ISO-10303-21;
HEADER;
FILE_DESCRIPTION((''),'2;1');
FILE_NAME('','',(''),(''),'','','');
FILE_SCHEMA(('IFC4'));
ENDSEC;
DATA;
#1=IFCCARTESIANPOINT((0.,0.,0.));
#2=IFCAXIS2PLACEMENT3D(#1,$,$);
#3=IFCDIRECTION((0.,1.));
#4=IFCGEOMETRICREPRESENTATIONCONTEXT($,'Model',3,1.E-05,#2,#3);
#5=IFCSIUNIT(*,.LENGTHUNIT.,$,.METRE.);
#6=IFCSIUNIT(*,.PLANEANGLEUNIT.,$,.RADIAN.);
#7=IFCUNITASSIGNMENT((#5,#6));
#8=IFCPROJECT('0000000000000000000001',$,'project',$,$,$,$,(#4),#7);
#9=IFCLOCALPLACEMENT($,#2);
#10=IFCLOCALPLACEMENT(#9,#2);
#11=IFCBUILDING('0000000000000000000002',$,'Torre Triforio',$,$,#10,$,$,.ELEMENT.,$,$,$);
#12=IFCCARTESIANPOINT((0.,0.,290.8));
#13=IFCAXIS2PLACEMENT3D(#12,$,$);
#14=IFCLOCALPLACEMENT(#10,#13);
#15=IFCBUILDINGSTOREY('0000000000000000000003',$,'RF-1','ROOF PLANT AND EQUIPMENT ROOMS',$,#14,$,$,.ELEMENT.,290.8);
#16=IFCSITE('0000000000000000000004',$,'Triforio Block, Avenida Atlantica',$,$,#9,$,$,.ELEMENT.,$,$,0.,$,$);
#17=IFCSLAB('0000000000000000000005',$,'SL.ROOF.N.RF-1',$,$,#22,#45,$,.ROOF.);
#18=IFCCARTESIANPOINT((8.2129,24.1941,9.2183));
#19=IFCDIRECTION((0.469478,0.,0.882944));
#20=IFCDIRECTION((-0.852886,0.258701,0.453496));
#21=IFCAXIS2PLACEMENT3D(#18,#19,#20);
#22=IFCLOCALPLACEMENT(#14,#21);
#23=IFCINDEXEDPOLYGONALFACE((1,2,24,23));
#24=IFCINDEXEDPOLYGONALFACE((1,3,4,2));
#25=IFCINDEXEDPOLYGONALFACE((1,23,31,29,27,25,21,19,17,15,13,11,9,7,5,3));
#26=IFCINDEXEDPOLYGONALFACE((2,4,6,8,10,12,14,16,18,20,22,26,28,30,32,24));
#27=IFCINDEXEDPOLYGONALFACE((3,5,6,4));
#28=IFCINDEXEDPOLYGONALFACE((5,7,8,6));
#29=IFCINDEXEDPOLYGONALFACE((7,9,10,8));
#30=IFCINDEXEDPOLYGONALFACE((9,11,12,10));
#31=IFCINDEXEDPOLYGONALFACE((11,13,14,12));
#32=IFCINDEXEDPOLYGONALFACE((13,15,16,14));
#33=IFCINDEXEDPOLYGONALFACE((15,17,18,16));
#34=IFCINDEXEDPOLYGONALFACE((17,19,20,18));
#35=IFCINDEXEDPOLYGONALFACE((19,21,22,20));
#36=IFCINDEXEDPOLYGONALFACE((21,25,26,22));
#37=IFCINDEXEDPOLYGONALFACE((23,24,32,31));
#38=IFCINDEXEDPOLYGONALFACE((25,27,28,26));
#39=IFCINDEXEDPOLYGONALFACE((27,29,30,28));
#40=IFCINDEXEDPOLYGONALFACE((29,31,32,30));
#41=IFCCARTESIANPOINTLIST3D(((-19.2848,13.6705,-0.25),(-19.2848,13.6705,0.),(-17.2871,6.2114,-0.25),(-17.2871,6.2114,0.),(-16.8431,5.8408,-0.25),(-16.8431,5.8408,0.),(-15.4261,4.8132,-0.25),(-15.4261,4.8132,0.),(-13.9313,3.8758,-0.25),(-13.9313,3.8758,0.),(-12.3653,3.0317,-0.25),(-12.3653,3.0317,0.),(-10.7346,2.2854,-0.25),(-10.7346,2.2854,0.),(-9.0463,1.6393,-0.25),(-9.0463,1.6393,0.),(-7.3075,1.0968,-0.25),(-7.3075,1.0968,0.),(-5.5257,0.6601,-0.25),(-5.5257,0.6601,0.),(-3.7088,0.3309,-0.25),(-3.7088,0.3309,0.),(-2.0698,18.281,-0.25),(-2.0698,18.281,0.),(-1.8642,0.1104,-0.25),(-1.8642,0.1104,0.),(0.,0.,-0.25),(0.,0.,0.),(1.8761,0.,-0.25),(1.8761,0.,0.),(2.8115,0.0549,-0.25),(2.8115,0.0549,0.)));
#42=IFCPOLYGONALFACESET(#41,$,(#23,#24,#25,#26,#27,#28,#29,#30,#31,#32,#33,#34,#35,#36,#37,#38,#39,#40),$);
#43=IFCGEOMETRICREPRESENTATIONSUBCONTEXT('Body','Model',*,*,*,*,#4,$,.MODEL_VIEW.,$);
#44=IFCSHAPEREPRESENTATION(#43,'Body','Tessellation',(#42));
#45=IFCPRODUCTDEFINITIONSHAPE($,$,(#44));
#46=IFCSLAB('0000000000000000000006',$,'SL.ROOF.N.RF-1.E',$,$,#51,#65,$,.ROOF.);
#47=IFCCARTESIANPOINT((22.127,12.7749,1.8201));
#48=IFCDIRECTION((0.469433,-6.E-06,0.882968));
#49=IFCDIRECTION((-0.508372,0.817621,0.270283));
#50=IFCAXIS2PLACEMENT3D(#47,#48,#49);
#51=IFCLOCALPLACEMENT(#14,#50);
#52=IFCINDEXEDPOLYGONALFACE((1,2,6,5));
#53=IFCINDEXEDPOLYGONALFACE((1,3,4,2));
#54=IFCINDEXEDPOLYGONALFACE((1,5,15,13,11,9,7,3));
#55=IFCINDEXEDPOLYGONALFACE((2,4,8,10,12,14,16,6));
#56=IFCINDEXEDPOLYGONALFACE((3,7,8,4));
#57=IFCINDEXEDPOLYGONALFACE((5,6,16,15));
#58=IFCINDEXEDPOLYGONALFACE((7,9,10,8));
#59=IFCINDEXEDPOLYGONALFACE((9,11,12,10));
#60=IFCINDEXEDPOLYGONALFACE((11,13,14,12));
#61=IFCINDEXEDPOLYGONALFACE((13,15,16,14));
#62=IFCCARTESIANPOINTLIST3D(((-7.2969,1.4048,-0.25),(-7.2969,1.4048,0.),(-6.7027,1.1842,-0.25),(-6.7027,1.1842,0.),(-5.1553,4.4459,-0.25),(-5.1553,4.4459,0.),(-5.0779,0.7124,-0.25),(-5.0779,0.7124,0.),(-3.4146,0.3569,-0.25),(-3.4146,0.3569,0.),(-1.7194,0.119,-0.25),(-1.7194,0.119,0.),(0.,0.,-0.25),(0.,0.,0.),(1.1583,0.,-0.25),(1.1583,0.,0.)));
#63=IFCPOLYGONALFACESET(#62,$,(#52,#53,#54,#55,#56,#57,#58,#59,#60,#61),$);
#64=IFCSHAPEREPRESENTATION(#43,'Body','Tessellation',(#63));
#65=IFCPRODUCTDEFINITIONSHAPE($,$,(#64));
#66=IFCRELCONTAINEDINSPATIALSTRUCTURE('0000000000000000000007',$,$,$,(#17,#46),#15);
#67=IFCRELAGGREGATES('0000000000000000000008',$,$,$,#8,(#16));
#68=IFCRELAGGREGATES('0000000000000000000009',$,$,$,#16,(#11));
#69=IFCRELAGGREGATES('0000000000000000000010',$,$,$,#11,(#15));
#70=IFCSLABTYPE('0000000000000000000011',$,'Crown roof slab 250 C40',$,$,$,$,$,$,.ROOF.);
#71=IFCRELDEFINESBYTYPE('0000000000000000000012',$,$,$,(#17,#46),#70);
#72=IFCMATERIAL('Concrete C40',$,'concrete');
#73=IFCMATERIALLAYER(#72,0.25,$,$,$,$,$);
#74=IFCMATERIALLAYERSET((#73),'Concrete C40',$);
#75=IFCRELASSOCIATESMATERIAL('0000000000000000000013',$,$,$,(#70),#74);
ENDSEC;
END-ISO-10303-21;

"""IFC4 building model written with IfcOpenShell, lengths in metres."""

from ifc_helpers import new_model, si_unit, direction, frame, origin, place, context, subcontext, project, spatial, polyline, outline, extrude, material, layer, layer_set, type_object, element, save


model = new_model("IFC4")

# Units and contexts
model_context = context("Model", 3, precision=1e-05, world=origin(), true_north=direction((0.0, 1.0)))
body_context = subcontext(model_context, "Body", "Model", "MODEL_VIEW")
ifc_project = project(units=[si_unit("LENGTHUNIT", "METRE"), si_unit("PLANEANGLEUNIT", "RADIAN")], contexts=[model_context])

# Site, building, storey
site_placement = place(None, origin())
site = spatial("IfcSite", under=ifc_project, at=site_placement, Name="Triforio Block, Avenida Atlantica", CompositionType="ELEMENT", RefElevation=0.0)
building_placement = place(site_placement, origin())
building = spatial("IfcBuilding", under=site, at=building_placement, Name="Torre Triforio", CompositionType="ELEMENT")
storey_placement = place(building_placement, frame((0.0, 0.0, 290.8)))
storey = spatial("IfcBuildingStorey", under=building, at=storey_placement, Name="RF-1", Description="ROOF PLANT AND EQUIPMENT ROOMS", CompositionType="ELEMENT", Elevation=290.8)

# Shared definitions
ifc_material_1 = material(Name="Concrete C40", Category="concrete")

# Slabs
ifc_layer_1 = layer(ifc_material_1, 0.25)
ifc_layer_set_1 = layer_set([ifc_layer_1], Name="Concrete C40")
slab_type = type_object("IfcSlabType", Name="Crown roof slab 250 C40", PredefinedType="ROOF", material=ifc_layer_set_1)
slab_1_placement = place(storey_placement, frame((8.2129, 24.1941, 9.2183), z_axis=(0.469478, 0.0, 0.882944), x_axis=(-0.852886, 0.258701, 0.453496)))
element("IfcSlab", 1, at=slab_1_placement, inside=storey, type_object=slab_type, Name="SL.ROOF.N.RF-1", PredefinedType="ROOF", context=body_context, shape_type="SweptSolid", body=[
    extrude(outline(polyline([(0.0, 0.0), (1.8761, 0.0), (2.8115, 0.0549), (-2.0698, 18.281), (-19.2848, 13.6705), (-17.2871, 6.2114), (-16.8431, 5.8408), (-15.4261, 4.8132), (-13.9313, 3.8758), (-12.3653, 3.0317), (-10.7346, 2.2854), (-9.0463, 1.6393), (-7.3075, 1.0968), (-5.5257, 0.6601), (-3.7088, 0.3309), (-1.8642, 0.1104), (0.0, 0.0)])), origin(), (0.0, 0.0, -1.0), 0.25),
])
slab_2_placement = place(storey_placement, frame((22.127, 12.7749, 1.8201), z_axis=(0.469433, -0.000006, 0.882968), x_axis=(-0.508372, 0.817621, 0.270283)))
element("IfcSlab", 2, at=slab_2_placement, inside=storey, type_object=slab_type, Name="SL.ROOF.N.RF-1.E", PredefinedType="ROOF", context=body_context, shape_type="SweptSolid", body=[
    extrude(outline(polyline([(0.0, 0.0), (1.1583, 0.0), (-5.1553, 4.4459), (-7.2969, 1.4048), (-6.7027, 1.1842), (-5.0779, 0.7124), (-3.4146, 0.3569), (-1.7194, 0.119), (0.0, 0.0)])), origin(), (0.0, 0.0, -1.0), 0.25),
])

save(model, "model.ifc")
